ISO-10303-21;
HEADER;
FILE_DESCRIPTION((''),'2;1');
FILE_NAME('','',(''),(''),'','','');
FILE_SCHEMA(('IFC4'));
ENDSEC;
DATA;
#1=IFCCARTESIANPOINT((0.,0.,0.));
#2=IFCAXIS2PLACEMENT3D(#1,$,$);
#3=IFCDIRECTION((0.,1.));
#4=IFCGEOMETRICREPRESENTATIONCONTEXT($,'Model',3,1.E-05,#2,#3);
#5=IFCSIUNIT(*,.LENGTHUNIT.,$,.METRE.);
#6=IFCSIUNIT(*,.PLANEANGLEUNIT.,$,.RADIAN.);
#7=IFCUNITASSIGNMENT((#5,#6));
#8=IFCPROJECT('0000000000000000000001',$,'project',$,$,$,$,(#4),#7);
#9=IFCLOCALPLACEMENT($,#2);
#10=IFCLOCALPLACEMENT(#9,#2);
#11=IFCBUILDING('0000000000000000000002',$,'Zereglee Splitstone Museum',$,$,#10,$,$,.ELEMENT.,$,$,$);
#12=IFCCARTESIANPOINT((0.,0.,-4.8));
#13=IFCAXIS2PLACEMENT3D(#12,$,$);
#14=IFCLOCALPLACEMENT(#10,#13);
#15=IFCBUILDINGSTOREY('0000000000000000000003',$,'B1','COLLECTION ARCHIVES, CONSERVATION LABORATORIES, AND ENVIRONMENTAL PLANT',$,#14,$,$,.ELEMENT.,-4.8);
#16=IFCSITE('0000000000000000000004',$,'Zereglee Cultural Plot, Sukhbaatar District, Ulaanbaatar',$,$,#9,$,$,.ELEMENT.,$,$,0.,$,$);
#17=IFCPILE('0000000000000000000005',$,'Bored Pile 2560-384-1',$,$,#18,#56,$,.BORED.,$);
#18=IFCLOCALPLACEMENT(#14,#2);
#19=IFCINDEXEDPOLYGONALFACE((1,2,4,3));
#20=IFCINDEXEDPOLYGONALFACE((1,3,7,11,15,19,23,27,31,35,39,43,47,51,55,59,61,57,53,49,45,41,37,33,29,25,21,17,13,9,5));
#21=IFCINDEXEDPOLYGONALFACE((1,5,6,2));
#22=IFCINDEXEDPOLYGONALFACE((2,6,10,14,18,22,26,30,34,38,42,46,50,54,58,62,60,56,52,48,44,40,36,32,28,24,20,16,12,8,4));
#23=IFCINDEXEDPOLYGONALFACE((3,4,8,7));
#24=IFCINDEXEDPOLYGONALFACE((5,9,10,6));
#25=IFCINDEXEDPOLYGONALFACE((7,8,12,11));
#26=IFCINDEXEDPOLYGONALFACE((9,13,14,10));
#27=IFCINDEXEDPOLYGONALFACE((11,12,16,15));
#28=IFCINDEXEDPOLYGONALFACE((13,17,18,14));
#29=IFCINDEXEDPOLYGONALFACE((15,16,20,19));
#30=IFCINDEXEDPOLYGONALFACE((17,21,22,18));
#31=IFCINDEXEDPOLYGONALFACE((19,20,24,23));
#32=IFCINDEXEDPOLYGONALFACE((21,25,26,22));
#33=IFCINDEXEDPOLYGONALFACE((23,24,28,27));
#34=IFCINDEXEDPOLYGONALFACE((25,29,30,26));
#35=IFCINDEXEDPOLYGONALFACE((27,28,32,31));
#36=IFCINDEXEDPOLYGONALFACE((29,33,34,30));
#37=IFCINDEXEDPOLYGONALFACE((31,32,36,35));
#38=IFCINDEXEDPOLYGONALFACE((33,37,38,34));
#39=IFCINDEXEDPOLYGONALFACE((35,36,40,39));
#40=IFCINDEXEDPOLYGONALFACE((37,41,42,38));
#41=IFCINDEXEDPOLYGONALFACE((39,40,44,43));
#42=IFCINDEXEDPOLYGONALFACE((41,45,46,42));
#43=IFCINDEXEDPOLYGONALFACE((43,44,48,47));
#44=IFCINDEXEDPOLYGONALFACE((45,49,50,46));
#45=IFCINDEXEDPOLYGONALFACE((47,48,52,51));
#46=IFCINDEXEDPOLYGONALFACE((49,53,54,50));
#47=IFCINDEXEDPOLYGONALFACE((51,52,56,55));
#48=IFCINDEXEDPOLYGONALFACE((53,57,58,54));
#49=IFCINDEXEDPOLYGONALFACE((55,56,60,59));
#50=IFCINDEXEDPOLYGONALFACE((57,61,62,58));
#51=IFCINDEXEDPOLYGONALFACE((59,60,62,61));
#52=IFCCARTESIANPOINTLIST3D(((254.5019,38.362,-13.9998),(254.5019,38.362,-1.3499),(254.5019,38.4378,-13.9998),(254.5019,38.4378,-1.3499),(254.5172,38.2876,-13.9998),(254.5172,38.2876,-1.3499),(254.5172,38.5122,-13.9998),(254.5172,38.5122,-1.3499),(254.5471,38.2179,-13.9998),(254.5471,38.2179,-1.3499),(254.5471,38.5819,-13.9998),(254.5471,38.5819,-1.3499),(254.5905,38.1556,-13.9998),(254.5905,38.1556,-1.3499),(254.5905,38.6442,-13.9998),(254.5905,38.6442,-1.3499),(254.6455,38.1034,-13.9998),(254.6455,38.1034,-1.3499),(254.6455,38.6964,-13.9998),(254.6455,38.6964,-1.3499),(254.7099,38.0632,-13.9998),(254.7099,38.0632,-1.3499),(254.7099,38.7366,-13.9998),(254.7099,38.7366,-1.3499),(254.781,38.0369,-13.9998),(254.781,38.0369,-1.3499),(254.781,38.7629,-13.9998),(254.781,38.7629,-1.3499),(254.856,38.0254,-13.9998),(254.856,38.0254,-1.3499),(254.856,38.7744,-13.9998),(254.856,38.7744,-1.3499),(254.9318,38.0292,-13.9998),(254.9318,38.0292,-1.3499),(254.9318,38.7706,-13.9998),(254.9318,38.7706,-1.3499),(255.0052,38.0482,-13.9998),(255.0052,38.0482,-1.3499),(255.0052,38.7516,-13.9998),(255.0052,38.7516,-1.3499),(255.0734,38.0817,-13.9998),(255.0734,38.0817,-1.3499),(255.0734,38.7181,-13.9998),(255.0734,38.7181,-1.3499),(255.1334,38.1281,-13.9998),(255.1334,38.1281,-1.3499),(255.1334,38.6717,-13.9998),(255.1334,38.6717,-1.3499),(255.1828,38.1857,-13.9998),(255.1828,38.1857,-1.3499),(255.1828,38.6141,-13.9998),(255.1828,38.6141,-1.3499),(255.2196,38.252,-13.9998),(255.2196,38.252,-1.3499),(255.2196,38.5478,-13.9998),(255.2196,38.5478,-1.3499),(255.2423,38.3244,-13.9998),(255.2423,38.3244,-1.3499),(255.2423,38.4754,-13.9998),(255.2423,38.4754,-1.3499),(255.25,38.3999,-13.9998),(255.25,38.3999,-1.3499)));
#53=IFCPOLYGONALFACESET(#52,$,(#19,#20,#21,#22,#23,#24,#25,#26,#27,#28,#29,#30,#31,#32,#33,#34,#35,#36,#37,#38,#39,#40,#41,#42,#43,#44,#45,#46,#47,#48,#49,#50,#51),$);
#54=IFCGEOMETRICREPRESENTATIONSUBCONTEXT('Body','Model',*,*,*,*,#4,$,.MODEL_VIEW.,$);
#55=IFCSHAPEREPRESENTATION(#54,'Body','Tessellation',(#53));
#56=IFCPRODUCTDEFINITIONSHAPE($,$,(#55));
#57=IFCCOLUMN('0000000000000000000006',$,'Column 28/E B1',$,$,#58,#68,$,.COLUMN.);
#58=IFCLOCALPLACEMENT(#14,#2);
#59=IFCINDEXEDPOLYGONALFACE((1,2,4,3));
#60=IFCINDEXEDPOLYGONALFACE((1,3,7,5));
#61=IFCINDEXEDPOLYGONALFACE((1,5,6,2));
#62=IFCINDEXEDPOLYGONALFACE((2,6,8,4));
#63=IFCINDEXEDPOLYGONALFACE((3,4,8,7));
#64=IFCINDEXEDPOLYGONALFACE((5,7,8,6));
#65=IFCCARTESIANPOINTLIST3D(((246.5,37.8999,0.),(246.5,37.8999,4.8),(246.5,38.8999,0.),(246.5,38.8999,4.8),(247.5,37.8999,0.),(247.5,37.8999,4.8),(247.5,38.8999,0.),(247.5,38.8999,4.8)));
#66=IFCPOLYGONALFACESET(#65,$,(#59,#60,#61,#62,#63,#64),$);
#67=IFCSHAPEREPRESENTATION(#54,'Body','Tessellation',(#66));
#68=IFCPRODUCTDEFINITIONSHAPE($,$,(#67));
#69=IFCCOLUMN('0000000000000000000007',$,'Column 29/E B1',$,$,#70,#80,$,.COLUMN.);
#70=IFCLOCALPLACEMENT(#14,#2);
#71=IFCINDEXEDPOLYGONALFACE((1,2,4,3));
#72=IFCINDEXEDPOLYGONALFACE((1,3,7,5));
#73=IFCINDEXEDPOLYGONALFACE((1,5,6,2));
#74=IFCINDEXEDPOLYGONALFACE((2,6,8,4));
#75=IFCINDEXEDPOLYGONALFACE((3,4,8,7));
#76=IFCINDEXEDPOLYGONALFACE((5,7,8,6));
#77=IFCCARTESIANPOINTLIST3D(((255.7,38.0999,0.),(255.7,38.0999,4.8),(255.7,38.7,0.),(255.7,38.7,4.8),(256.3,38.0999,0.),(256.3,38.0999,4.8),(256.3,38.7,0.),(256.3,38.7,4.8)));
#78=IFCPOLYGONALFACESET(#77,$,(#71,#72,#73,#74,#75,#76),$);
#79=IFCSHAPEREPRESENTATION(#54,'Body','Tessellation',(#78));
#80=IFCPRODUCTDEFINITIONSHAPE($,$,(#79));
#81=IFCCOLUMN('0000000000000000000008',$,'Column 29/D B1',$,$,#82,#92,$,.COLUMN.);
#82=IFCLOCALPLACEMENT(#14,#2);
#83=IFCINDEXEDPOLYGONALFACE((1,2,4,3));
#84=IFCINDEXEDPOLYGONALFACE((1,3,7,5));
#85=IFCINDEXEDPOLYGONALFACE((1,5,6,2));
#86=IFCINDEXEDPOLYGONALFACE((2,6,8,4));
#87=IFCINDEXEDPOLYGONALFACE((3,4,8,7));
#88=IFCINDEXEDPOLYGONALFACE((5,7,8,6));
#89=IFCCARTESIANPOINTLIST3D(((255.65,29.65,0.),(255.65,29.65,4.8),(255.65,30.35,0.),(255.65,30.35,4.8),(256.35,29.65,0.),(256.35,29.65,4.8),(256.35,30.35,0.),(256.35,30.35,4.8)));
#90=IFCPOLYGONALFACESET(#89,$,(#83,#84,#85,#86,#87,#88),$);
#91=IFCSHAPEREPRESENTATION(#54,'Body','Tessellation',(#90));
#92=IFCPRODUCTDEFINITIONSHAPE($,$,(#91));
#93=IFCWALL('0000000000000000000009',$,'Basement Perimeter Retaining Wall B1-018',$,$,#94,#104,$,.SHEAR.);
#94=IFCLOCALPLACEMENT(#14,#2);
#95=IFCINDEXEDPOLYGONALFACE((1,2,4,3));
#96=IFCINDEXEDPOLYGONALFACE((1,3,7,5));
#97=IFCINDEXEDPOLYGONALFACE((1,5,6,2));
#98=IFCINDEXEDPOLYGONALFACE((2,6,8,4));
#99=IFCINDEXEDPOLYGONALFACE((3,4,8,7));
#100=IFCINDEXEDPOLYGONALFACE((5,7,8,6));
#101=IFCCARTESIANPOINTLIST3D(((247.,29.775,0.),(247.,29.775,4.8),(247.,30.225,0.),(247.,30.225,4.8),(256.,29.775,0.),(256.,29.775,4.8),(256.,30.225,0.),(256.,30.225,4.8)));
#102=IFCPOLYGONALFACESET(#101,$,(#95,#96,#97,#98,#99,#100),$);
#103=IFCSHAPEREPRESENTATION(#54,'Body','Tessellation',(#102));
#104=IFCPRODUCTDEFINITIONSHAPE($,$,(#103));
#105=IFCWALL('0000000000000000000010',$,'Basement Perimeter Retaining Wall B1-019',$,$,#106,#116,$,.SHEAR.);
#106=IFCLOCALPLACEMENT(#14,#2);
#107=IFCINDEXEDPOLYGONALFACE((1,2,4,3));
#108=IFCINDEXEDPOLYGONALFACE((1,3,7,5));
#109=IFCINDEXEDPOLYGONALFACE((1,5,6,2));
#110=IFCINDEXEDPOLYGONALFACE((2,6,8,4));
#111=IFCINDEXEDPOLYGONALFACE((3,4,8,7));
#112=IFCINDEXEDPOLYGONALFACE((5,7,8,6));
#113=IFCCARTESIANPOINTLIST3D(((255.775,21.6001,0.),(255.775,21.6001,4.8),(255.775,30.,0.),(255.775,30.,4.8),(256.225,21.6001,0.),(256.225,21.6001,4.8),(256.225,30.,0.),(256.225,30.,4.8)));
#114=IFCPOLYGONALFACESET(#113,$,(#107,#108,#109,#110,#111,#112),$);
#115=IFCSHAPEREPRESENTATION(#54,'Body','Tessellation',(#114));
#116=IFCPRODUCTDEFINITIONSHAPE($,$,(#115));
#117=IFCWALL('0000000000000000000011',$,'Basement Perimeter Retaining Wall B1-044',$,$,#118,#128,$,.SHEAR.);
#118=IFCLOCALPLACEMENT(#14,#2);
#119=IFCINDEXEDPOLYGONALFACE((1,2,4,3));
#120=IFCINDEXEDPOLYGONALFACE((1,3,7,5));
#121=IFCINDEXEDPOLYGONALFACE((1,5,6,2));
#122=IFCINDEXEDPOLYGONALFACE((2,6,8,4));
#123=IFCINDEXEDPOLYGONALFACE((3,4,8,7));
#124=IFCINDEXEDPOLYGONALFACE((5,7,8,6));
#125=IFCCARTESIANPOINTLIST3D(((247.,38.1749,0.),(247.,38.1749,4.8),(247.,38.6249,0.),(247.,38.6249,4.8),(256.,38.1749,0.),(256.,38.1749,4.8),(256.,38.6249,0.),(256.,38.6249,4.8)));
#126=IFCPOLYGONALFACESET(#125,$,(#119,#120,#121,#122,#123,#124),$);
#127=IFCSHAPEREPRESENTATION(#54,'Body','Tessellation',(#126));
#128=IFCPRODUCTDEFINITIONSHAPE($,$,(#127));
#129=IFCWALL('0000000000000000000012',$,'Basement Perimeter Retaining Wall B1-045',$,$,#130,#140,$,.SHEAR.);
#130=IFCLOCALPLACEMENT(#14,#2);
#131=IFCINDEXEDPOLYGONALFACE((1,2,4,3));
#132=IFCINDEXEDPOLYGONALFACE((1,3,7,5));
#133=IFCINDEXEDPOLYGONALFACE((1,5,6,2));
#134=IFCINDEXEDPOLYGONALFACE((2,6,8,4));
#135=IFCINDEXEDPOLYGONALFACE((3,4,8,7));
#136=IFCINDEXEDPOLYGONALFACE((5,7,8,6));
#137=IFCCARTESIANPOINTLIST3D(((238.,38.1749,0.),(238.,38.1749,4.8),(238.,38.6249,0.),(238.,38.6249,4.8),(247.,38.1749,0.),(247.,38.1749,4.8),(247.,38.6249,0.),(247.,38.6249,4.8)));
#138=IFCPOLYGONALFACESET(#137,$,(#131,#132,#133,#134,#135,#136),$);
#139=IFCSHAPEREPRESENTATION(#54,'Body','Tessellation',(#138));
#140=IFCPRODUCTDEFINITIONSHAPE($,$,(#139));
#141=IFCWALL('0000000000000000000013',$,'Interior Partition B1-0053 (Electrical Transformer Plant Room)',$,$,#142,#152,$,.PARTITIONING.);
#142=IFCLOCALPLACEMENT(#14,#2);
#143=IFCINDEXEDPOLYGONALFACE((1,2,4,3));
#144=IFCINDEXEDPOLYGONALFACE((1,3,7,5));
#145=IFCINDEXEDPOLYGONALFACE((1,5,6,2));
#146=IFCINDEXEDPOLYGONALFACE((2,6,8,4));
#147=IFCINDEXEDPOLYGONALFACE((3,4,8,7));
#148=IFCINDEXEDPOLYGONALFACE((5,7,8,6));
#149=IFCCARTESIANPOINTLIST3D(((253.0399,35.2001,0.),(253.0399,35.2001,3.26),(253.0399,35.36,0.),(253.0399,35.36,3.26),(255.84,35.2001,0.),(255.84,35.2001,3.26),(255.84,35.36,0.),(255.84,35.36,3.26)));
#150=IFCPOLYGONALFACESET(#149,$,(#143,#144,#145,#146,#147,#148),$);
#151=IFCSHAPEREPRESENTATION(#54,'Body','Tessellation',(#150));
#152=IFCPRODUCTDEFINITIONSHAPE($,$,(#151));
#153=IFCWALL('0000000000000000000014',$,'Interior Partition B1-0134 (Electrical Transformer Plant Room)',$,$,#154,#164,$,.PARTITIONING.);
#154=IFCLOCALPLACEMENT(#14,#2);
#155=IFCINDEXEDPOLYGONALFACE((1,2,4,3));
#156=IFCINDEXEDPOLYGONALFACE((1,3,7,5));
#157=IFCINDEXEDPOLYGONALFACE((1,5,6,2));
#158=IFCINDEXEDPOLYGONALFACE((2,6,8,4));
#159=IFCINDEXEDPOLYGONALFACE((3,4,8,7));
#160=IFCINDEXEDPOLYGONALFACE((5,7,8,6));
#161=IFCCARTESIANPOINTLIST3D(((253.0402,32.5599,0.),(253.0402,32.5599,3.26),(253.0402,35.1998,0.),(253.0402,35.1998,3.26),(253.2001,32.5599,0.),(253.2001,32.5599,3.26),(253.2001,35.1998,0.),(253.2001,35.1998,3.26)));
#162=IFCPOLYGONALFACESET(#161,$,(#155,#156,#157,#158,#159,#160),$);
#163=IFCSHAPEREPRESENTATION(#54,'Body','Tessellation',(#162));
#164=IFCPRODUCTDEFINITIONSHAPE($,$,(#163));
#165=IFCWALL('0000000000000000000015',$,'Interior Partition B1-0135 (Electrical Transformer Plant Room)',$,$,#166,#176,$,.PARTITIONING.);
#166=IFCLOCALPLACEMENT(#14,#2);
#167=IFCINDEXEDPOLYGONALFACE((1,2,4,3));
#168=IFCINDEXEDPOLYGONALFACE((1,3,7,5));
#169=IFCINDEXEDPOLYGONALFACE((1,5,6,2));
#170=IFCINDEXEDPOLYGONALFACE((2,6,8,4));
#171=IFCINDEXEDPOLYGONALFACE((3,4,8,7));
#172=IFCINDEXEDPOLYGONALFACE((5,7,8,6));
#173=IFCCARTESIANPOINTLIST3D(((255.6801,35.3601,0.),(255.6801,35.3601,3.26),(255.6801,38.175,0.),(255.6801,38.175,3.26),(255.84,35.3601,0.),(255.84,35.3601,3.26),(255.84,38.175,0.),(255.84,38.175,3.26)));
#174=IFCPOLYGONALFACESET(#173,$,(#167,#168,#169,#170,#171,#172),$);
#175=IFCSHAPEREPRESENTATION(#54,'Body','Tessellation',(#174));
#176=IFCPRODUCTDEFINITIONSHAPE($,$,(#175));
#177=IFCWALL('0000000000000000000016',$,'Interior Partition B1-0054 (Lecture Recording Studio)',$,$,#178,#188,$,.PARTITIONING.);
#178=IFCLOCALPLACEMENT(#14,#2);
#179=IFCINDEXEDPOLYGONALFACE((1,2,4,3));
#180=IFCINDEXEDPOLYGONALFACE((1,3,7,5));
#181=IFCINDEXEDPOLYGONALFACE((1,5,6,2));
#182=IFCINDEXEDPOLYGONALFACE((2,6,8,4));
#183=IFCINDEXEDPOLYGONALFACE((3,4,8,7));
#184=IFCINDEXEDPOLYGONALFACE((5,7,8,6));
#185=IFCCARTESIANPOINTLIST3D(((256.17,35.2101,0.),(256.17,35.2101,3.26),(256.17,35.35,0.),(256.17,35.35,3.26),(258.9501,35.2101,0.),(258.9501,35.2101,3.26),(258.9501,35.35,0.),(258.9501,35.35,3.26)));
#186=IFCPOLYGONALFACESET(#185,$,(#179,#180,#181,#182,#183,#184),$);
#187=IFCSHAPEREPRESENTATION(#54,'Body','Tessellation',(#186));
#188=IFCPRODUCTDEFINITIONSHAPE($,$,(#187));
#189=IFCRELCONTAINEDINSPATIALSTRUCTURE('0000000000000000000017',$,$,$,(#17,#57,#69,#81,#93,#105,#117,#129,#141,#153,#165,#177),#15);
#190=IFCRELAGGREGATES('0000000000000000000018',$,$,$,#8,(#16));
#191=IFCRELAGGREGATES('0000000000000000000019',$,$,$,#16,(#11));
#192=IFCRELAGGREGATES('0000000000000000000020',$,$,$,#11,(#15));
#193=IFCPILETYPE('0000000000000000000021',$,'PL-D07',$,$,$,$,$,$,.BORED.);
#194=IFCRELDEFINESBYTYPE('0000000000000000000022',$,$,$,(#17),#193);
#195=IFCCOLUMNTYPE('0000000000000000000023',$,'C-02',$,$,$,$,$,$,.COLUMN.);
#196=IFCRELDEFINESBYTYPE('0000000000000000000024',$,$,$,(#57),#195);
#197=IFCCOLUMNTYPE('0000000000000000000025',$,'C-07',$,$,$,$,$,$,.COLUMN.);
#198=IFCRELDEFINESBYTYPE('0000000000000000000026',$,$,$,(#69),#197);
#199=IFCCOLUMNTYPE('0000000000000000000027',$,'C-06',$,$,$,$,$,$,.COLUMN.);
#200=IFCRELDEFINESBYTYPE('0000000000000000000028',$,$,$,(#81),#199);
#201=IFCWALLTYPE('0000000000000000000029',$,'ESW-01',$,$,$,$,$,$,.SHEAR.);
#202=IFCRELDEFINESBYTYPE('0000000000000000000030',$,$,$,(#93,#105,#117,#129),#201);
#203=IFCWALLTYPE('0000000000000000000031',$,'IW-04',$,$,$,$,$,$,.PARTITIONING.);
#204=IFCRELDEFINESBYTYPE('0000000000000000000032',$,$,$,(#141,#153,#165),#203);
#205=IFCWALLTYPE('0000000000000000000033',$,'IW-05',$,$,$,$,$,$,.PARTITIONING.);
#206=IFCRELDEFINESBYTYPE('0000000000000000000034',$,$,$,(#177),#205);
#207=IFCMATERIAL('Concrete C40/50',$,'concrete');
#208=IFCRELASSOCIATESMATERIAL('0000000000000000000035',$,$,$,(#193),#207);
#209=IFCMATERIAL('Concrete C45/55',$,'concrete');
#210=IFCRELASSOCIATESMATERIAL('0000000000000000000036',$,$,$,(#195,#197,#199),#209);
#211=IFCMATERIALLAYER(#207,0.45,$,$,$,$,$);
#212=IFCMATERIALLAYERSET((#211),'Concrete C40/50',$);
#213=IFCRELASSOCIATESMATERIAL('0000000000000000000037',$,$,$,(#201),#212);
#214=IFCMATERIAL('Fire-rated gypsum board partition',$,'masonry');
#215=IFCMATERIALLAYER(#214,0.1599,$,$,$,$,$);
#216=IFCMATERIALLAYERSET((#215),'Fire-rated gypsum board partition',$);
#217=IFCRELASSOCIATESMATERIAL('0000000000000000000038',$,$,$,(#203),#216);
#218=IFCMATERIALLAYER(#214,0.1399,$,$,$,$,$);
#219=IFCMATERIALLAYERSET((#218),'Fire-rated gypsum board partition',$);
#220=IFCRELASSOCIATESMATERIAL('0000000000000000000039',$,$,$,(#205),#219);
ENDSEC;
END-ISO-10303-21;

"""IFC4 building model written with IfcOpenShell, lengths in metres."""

from ifc_helpers import new_model, si_unit, direction, frame, frame_2d, origin, origin_2d, place, context, subcontext, project, spatial, rectangle, circle, extrude, material, layer, layer_set, material_profile, profile_set, type_object, element, save


model = new_model("IFC4")

# Units and contexts
model_context = context("Model", 3, precision=1e-05, world=origin(), true_north=direction((0.0, 1.0)))
body_context = subcontext(model_context, "Body", "Model", "MODEL_VIEW")
ifc_project = project(units=[si_unit("LENGTHUNIT", "METRE"), si_unit("PLANEANGLEUNIT", "RADIAN")], contexts=[model_context])

# Site, building, storey
site_placement = place(None, origin())
site = spatial("IfcSite", under=ifc_project, at=site_placement, Name="Zereglee Cultural Plot, Sukhbaatar District, Ulaanbaatar", CompositionType="ELEMENT", RefElevation=0.0)
building_placement = place(site_placement, origin())
building = spatial("IfcBuilding", under=site, at=building_placement, Name="Zereglee Splitstone Museum", CompositionType="ELEMENT")
storey_placement = place(building_placement, frame((0.0, 0.0, -4.8)))
storey = spatial("IfcBuildingStorey", under=building, at=storey_placement, Name="B1", Description="COLLECTION ARCHIVES, CONSERVATION LABORATORIES, AND ENVIRONMENTAL PLANT", CompositionType="ELEMENT", Elevation=-4.8)

# Shared definitions
ifc_material_1 = material(Name="Concrete C40/50", Category="concrete")

# Pile
ifc_material_profile_1 = material_profile(ifc_material_1, circle(Radius=0.375, at=origin_2d()), Name="PILE D750")
ifc_profile_set_1 = profile_set([ifc_material_profile_1], Name="Concrete C40/50")
pile_type = type_object("IfcPileType", Name="PL-D07", PredefinedType="BORED", material=ifc_profile_set_1)
for number, where, z_axis, x_axis, name in (
    (1, (254.875, 38.3999, -1.3499), (0.0, 0.0, -1.0), (1.0, 0.0, 0.0), "Bored Pile 2560-384-1"),
):
    element("IfcPile", number, at=place(storey_placement, frame(where, z_axis=z_axis, x_axis=x_axis)), inside=storey, type_object=pile_type, Name=name, PredefinedType="BORED", context=body_context, shape_type="SweptSolid", body=[
        extrude(circle(Radius=0.375, at=origin_2d()), origin(), (0.0, 0.0, 1.0), 12.6499),
    ])

# Columns
ifc_material_2 = material(Name="Concrete C45/55", Category="concrete")
ifc_material_profile_2 = material_profile(ifc_material_2, rectangle(XDim=1.0, YDim=1.0, at=origin_2d()), Name="RC 1000x1000")
ifc_profile_set_2 = profile_set([ifc_material_profile_2], Name="Concrete C45/55")
column_type_1 = type_object("IfcColumnType", Name="C-02", PredefinedType="COLUMN", material=ifc_profile_set_2)
column_1_placement = place(storey_placement, frame((247.0, 38.3999, 0.0), z_axis=(0.0, 0.0, 1.0), x_axis=(1.0, 0.0, 0.0)))
element("IfcColumn", 2, at=column_1_placement, inside=storey, type_object=column_type_1, Name="Column 28/E B1", PredefinedType="COLUMN", context=body_context, shape_type="SweptSolid", body=[
    extrude(rectangle(XDim=1.0, YDim=1.0, at=origin_2d()), origin(), (0.0, 0.0, 1.0), 4.8),
])
ifc_material_profile_3 = material_profile(ifc_material_2, rectangle(XDim=0.6001, YDim=0.6001, at=origin_2d()), Name="RC 600x600")
ifc_profile_set_3 = profile_set([ifc_material_profile_3], Name="Concrete C45/55")
column_type_2 = type_object("IfcColumnType", Name="C-07", PredefinedType="COLUMN", material=ifc_profile_set_3)
column_2_placement = place(storey_placement, frame((256.0, 38.3999, 0.0), z_axis=(0.0, 0.0, 1.0), x_axis=(1.0, 0.0, 0.0)))
element("IfcColumn", 3, at=column_2_placement, inside=storey, type_object=column_type_2, Name="Column 29/E B1", PredefinedType="COLUMN", context=body_context, shape_type="SweptSolid", body=[
    extrude(rectangle(XDim=0.6001, YDim=0.6001, at=origin_2d()), origin(), (0.0, 0.0, 1.0), 4.8),
])
ifc_material_profile_4 = material_profile(ifc_material_2, rectangle(XDim=0.7, YDim=0.7, at=origin_2d()), Name="RC 700x700")
ifc_profile_set_4 = profile_set([ifc_material_profile_4], Name="Concrete C45/55")
column_type_3 = type_object("IfcColumnType", Name="C-06", PredefinedType="COLUMN", material=ifc_profile_set_4)
column_3_placement = place(storey_placement, frame((256.0, 30.0, 0.0), z_axis=(0.0, 0.0, 1.0), x_axis=(1.0, 0.0, 0.0)))
element("IfcColumn", 4, at=column_3_placement, inside=storey, type_object=column_type_3, Name="Column 29/D B1", PredefinedType="COLUMN", context=body_context, shape_type="SweptSolid", body=[
    extrude(rectangle(XDim=0.7, YDim=0.7, at=origin_2d()), origin(), (0.0, 0.0, 1.0), 4.8),
])

# Walls
ifc_layer_1 = layer(ifc_material_1, 0.45)
ifc_layer_set_1 = layer_set([ifc_layer_1], Name="Concrete C40/50")
wall_type_1 = type_object("IfcWallType", Name="ESW-01", PredefinedType="SHEAR", material=ifc_layer_set_1)
wall_1_placement = place(storey_placement, frame((247.0, 30.0, 0.0), z_axis=(0.0, 0.0, 1.0), x_axis=(1.0, 0.0, 0.0)))
element("IfcWall", 5, at=wall_1_placement, inside=storey, type_object=wall_type_1, Name="Basement Perimeter Retaining Wall B1-018", PredefinedType="SHEAR", context=body_context, shape_type="SweptSolid", body=[
    extrude(rectangle(XDim=9.0, YDim=0.45, at=frame_2d((4.5, 0.0))), origin(), (0.0, 0.0, 1.0), 4.8),
])
wall_2_placement = place(storey_placement, frame((256.0, 30.0, 0.0), z_axis=(0.0, 0.0, 1.0), x_axis=(0.0, -1.0, 0.0)))
element("IfcWall", 6, at=wall_2_placement, inside=storey, type_object=wall_type_1, Name="Basement Perimeter Retaining Wall B1-019", PredefinedType="SHEAR", context=body_context, shape_type="SweptSolid", body=[
    extrude(rectangle(XDim=8.3999, YDim=0.45, at=frame_2d((4.2, 0.0))), origin(), (0.0, 0.0, 1.0), 4.8),
])
for number, where, z_axis, x_axis, name in (
    (7, (256.0, 38.3999, 0.0), (0.0, 0.0, 1.0), (-1.0, 0.0, 0.0), "Basement Perimeter Retaining Wall B1-044"),
    (8, (247.0, 38.3999, 0.0), (0.0, 0.0, 1.0), (-1.0, 0.0, 0.0), "Basement Perimeter Retaining Wall B1-045"),
):
    element("IfcWall", number, at=place(storey_placement, frame(where, z_axis=z_axis, x_axis=x_axis)), inside=storey, type_object=wall_type_1, Name=name, PredefinedType="SHEAR", context=body_context, shape_type="SweptSolid", body=[
        extrude(rectangle(XDim=9.0, YDim=0.45, at=frame_2d((4.5, 0.0))), origin(), (0.0, 0.0, 1.0), 4.8),
    ])
ifc_material_3 = material(Name="Fire-rated gypsum board partition", Category="masonry")
ifc_layer_2 = layer(ifc_material_3, 0.1599)
ifc_layer_set_2 = layer_set([ifc_layer_2], Name="Fire-rated gypsum board partition")
wall_type_2 = type_object("IfcWallType", Name="IW-04", PredefinedType="PARTITIONING", material=ifc_layer_set_2)
wall_3_placement = place(storey_placement, frame((253.04, 35.28, 0.0), z_axis=(0.0, 0.0, 1.0), x_axis=(1.0, 0.0, 0.0)))
element("IfcWall", 9, at=wall_3_placement, inside=storey, type_object=wall_type_2, Name="Interior Partition B1-0053 (Electrical Transformer Plant Room)", PredefinedType="PARTITIONING", context=body_context, shape_type="SweptSolid", body=[
    extrude(rectangle(XDim=2.8, YDim=0.1599, at=frame_2d((1.3999, 0.0))), origin(), (0.0, 0.0, 1.0), 3.26),
])
wall_4_placement = place(storey_placement, frame((253.1201, 32.5601, 0.0), z_axis=(0.0, 0.0, 1.0), x_axis=(0.0, 1.0, 0.0)))
element("IfcWall", 10, at=wall_4_placement, inside=storey, type_object=wall_type_2, Name="Interior Partition B1-0134 (Electrical Transformer Plant Room)", PredefinedType="PARTITIONING", context=body_context, shape_type="SweptSolid", body=[
    extrude(rectangle(XDim=2.6399, YDim=0.1599, at=frame_2d((1.3198, 0.0))), origin(), (0.0, 0.0, 1.0), 3.26),
])
wall_5_placement = place(storey_placement, frame((255.76, 35.3601, 0.0), z_axis=(0.0, 0.0, 1.0), x_axis=(0.0, 1.0, 0.0)))
element("IfcWall", 11, at=wall_5_placement, inside=storey, type_object=wall_type_2, Name="Interior Partition B1-0135 (Electrical Transformer Plant Room)", PredefinedType="PARTITIONING", context=body_context, shape_type="SweptSolid", body=[
    extrude(rectangle(XDim=2.8149, YDim=0.1599, at=frame_2d((1.4075, 0.0))), origin(), (0.0, 0.0, 1.0), 3.26),
])
ifc_layer_3 = layer(ifc_material_3, 0.1399)
ifc_layer_set_3 = layer_set([ifc_layer_3], Name="Fire-rated gypsum board partition")
wall_type_3 = type_object("IfcWallType", Name="IW-05", PredefinedType="PARTITIONING", material=ifc_layer_set_3)
wall_6_placement = place(storey_placement, frame((256.1699, 35.28, 0.0), z_axis=(0.0, 0.0, 1.0), x_axis=(1.0, 0.0, 0.0)))
element("IfcWall", 12, at=wall_6_placement, inside=storey, type_object=wall_type_3, Name="Interior Partition B1-0054 (Lecture Recording Studio)", PredefinedType="PARTITIONING", context=body_context, shape_type="SweptSolid", body=[
    extrude(rectangle(XDim=2.78, YDim=0.1399, at=frame_2d((1.3901, 0.0))), origin(), (0.0, 0.0, 1.0), 3.26),
])

save(model, "model.ifc")
